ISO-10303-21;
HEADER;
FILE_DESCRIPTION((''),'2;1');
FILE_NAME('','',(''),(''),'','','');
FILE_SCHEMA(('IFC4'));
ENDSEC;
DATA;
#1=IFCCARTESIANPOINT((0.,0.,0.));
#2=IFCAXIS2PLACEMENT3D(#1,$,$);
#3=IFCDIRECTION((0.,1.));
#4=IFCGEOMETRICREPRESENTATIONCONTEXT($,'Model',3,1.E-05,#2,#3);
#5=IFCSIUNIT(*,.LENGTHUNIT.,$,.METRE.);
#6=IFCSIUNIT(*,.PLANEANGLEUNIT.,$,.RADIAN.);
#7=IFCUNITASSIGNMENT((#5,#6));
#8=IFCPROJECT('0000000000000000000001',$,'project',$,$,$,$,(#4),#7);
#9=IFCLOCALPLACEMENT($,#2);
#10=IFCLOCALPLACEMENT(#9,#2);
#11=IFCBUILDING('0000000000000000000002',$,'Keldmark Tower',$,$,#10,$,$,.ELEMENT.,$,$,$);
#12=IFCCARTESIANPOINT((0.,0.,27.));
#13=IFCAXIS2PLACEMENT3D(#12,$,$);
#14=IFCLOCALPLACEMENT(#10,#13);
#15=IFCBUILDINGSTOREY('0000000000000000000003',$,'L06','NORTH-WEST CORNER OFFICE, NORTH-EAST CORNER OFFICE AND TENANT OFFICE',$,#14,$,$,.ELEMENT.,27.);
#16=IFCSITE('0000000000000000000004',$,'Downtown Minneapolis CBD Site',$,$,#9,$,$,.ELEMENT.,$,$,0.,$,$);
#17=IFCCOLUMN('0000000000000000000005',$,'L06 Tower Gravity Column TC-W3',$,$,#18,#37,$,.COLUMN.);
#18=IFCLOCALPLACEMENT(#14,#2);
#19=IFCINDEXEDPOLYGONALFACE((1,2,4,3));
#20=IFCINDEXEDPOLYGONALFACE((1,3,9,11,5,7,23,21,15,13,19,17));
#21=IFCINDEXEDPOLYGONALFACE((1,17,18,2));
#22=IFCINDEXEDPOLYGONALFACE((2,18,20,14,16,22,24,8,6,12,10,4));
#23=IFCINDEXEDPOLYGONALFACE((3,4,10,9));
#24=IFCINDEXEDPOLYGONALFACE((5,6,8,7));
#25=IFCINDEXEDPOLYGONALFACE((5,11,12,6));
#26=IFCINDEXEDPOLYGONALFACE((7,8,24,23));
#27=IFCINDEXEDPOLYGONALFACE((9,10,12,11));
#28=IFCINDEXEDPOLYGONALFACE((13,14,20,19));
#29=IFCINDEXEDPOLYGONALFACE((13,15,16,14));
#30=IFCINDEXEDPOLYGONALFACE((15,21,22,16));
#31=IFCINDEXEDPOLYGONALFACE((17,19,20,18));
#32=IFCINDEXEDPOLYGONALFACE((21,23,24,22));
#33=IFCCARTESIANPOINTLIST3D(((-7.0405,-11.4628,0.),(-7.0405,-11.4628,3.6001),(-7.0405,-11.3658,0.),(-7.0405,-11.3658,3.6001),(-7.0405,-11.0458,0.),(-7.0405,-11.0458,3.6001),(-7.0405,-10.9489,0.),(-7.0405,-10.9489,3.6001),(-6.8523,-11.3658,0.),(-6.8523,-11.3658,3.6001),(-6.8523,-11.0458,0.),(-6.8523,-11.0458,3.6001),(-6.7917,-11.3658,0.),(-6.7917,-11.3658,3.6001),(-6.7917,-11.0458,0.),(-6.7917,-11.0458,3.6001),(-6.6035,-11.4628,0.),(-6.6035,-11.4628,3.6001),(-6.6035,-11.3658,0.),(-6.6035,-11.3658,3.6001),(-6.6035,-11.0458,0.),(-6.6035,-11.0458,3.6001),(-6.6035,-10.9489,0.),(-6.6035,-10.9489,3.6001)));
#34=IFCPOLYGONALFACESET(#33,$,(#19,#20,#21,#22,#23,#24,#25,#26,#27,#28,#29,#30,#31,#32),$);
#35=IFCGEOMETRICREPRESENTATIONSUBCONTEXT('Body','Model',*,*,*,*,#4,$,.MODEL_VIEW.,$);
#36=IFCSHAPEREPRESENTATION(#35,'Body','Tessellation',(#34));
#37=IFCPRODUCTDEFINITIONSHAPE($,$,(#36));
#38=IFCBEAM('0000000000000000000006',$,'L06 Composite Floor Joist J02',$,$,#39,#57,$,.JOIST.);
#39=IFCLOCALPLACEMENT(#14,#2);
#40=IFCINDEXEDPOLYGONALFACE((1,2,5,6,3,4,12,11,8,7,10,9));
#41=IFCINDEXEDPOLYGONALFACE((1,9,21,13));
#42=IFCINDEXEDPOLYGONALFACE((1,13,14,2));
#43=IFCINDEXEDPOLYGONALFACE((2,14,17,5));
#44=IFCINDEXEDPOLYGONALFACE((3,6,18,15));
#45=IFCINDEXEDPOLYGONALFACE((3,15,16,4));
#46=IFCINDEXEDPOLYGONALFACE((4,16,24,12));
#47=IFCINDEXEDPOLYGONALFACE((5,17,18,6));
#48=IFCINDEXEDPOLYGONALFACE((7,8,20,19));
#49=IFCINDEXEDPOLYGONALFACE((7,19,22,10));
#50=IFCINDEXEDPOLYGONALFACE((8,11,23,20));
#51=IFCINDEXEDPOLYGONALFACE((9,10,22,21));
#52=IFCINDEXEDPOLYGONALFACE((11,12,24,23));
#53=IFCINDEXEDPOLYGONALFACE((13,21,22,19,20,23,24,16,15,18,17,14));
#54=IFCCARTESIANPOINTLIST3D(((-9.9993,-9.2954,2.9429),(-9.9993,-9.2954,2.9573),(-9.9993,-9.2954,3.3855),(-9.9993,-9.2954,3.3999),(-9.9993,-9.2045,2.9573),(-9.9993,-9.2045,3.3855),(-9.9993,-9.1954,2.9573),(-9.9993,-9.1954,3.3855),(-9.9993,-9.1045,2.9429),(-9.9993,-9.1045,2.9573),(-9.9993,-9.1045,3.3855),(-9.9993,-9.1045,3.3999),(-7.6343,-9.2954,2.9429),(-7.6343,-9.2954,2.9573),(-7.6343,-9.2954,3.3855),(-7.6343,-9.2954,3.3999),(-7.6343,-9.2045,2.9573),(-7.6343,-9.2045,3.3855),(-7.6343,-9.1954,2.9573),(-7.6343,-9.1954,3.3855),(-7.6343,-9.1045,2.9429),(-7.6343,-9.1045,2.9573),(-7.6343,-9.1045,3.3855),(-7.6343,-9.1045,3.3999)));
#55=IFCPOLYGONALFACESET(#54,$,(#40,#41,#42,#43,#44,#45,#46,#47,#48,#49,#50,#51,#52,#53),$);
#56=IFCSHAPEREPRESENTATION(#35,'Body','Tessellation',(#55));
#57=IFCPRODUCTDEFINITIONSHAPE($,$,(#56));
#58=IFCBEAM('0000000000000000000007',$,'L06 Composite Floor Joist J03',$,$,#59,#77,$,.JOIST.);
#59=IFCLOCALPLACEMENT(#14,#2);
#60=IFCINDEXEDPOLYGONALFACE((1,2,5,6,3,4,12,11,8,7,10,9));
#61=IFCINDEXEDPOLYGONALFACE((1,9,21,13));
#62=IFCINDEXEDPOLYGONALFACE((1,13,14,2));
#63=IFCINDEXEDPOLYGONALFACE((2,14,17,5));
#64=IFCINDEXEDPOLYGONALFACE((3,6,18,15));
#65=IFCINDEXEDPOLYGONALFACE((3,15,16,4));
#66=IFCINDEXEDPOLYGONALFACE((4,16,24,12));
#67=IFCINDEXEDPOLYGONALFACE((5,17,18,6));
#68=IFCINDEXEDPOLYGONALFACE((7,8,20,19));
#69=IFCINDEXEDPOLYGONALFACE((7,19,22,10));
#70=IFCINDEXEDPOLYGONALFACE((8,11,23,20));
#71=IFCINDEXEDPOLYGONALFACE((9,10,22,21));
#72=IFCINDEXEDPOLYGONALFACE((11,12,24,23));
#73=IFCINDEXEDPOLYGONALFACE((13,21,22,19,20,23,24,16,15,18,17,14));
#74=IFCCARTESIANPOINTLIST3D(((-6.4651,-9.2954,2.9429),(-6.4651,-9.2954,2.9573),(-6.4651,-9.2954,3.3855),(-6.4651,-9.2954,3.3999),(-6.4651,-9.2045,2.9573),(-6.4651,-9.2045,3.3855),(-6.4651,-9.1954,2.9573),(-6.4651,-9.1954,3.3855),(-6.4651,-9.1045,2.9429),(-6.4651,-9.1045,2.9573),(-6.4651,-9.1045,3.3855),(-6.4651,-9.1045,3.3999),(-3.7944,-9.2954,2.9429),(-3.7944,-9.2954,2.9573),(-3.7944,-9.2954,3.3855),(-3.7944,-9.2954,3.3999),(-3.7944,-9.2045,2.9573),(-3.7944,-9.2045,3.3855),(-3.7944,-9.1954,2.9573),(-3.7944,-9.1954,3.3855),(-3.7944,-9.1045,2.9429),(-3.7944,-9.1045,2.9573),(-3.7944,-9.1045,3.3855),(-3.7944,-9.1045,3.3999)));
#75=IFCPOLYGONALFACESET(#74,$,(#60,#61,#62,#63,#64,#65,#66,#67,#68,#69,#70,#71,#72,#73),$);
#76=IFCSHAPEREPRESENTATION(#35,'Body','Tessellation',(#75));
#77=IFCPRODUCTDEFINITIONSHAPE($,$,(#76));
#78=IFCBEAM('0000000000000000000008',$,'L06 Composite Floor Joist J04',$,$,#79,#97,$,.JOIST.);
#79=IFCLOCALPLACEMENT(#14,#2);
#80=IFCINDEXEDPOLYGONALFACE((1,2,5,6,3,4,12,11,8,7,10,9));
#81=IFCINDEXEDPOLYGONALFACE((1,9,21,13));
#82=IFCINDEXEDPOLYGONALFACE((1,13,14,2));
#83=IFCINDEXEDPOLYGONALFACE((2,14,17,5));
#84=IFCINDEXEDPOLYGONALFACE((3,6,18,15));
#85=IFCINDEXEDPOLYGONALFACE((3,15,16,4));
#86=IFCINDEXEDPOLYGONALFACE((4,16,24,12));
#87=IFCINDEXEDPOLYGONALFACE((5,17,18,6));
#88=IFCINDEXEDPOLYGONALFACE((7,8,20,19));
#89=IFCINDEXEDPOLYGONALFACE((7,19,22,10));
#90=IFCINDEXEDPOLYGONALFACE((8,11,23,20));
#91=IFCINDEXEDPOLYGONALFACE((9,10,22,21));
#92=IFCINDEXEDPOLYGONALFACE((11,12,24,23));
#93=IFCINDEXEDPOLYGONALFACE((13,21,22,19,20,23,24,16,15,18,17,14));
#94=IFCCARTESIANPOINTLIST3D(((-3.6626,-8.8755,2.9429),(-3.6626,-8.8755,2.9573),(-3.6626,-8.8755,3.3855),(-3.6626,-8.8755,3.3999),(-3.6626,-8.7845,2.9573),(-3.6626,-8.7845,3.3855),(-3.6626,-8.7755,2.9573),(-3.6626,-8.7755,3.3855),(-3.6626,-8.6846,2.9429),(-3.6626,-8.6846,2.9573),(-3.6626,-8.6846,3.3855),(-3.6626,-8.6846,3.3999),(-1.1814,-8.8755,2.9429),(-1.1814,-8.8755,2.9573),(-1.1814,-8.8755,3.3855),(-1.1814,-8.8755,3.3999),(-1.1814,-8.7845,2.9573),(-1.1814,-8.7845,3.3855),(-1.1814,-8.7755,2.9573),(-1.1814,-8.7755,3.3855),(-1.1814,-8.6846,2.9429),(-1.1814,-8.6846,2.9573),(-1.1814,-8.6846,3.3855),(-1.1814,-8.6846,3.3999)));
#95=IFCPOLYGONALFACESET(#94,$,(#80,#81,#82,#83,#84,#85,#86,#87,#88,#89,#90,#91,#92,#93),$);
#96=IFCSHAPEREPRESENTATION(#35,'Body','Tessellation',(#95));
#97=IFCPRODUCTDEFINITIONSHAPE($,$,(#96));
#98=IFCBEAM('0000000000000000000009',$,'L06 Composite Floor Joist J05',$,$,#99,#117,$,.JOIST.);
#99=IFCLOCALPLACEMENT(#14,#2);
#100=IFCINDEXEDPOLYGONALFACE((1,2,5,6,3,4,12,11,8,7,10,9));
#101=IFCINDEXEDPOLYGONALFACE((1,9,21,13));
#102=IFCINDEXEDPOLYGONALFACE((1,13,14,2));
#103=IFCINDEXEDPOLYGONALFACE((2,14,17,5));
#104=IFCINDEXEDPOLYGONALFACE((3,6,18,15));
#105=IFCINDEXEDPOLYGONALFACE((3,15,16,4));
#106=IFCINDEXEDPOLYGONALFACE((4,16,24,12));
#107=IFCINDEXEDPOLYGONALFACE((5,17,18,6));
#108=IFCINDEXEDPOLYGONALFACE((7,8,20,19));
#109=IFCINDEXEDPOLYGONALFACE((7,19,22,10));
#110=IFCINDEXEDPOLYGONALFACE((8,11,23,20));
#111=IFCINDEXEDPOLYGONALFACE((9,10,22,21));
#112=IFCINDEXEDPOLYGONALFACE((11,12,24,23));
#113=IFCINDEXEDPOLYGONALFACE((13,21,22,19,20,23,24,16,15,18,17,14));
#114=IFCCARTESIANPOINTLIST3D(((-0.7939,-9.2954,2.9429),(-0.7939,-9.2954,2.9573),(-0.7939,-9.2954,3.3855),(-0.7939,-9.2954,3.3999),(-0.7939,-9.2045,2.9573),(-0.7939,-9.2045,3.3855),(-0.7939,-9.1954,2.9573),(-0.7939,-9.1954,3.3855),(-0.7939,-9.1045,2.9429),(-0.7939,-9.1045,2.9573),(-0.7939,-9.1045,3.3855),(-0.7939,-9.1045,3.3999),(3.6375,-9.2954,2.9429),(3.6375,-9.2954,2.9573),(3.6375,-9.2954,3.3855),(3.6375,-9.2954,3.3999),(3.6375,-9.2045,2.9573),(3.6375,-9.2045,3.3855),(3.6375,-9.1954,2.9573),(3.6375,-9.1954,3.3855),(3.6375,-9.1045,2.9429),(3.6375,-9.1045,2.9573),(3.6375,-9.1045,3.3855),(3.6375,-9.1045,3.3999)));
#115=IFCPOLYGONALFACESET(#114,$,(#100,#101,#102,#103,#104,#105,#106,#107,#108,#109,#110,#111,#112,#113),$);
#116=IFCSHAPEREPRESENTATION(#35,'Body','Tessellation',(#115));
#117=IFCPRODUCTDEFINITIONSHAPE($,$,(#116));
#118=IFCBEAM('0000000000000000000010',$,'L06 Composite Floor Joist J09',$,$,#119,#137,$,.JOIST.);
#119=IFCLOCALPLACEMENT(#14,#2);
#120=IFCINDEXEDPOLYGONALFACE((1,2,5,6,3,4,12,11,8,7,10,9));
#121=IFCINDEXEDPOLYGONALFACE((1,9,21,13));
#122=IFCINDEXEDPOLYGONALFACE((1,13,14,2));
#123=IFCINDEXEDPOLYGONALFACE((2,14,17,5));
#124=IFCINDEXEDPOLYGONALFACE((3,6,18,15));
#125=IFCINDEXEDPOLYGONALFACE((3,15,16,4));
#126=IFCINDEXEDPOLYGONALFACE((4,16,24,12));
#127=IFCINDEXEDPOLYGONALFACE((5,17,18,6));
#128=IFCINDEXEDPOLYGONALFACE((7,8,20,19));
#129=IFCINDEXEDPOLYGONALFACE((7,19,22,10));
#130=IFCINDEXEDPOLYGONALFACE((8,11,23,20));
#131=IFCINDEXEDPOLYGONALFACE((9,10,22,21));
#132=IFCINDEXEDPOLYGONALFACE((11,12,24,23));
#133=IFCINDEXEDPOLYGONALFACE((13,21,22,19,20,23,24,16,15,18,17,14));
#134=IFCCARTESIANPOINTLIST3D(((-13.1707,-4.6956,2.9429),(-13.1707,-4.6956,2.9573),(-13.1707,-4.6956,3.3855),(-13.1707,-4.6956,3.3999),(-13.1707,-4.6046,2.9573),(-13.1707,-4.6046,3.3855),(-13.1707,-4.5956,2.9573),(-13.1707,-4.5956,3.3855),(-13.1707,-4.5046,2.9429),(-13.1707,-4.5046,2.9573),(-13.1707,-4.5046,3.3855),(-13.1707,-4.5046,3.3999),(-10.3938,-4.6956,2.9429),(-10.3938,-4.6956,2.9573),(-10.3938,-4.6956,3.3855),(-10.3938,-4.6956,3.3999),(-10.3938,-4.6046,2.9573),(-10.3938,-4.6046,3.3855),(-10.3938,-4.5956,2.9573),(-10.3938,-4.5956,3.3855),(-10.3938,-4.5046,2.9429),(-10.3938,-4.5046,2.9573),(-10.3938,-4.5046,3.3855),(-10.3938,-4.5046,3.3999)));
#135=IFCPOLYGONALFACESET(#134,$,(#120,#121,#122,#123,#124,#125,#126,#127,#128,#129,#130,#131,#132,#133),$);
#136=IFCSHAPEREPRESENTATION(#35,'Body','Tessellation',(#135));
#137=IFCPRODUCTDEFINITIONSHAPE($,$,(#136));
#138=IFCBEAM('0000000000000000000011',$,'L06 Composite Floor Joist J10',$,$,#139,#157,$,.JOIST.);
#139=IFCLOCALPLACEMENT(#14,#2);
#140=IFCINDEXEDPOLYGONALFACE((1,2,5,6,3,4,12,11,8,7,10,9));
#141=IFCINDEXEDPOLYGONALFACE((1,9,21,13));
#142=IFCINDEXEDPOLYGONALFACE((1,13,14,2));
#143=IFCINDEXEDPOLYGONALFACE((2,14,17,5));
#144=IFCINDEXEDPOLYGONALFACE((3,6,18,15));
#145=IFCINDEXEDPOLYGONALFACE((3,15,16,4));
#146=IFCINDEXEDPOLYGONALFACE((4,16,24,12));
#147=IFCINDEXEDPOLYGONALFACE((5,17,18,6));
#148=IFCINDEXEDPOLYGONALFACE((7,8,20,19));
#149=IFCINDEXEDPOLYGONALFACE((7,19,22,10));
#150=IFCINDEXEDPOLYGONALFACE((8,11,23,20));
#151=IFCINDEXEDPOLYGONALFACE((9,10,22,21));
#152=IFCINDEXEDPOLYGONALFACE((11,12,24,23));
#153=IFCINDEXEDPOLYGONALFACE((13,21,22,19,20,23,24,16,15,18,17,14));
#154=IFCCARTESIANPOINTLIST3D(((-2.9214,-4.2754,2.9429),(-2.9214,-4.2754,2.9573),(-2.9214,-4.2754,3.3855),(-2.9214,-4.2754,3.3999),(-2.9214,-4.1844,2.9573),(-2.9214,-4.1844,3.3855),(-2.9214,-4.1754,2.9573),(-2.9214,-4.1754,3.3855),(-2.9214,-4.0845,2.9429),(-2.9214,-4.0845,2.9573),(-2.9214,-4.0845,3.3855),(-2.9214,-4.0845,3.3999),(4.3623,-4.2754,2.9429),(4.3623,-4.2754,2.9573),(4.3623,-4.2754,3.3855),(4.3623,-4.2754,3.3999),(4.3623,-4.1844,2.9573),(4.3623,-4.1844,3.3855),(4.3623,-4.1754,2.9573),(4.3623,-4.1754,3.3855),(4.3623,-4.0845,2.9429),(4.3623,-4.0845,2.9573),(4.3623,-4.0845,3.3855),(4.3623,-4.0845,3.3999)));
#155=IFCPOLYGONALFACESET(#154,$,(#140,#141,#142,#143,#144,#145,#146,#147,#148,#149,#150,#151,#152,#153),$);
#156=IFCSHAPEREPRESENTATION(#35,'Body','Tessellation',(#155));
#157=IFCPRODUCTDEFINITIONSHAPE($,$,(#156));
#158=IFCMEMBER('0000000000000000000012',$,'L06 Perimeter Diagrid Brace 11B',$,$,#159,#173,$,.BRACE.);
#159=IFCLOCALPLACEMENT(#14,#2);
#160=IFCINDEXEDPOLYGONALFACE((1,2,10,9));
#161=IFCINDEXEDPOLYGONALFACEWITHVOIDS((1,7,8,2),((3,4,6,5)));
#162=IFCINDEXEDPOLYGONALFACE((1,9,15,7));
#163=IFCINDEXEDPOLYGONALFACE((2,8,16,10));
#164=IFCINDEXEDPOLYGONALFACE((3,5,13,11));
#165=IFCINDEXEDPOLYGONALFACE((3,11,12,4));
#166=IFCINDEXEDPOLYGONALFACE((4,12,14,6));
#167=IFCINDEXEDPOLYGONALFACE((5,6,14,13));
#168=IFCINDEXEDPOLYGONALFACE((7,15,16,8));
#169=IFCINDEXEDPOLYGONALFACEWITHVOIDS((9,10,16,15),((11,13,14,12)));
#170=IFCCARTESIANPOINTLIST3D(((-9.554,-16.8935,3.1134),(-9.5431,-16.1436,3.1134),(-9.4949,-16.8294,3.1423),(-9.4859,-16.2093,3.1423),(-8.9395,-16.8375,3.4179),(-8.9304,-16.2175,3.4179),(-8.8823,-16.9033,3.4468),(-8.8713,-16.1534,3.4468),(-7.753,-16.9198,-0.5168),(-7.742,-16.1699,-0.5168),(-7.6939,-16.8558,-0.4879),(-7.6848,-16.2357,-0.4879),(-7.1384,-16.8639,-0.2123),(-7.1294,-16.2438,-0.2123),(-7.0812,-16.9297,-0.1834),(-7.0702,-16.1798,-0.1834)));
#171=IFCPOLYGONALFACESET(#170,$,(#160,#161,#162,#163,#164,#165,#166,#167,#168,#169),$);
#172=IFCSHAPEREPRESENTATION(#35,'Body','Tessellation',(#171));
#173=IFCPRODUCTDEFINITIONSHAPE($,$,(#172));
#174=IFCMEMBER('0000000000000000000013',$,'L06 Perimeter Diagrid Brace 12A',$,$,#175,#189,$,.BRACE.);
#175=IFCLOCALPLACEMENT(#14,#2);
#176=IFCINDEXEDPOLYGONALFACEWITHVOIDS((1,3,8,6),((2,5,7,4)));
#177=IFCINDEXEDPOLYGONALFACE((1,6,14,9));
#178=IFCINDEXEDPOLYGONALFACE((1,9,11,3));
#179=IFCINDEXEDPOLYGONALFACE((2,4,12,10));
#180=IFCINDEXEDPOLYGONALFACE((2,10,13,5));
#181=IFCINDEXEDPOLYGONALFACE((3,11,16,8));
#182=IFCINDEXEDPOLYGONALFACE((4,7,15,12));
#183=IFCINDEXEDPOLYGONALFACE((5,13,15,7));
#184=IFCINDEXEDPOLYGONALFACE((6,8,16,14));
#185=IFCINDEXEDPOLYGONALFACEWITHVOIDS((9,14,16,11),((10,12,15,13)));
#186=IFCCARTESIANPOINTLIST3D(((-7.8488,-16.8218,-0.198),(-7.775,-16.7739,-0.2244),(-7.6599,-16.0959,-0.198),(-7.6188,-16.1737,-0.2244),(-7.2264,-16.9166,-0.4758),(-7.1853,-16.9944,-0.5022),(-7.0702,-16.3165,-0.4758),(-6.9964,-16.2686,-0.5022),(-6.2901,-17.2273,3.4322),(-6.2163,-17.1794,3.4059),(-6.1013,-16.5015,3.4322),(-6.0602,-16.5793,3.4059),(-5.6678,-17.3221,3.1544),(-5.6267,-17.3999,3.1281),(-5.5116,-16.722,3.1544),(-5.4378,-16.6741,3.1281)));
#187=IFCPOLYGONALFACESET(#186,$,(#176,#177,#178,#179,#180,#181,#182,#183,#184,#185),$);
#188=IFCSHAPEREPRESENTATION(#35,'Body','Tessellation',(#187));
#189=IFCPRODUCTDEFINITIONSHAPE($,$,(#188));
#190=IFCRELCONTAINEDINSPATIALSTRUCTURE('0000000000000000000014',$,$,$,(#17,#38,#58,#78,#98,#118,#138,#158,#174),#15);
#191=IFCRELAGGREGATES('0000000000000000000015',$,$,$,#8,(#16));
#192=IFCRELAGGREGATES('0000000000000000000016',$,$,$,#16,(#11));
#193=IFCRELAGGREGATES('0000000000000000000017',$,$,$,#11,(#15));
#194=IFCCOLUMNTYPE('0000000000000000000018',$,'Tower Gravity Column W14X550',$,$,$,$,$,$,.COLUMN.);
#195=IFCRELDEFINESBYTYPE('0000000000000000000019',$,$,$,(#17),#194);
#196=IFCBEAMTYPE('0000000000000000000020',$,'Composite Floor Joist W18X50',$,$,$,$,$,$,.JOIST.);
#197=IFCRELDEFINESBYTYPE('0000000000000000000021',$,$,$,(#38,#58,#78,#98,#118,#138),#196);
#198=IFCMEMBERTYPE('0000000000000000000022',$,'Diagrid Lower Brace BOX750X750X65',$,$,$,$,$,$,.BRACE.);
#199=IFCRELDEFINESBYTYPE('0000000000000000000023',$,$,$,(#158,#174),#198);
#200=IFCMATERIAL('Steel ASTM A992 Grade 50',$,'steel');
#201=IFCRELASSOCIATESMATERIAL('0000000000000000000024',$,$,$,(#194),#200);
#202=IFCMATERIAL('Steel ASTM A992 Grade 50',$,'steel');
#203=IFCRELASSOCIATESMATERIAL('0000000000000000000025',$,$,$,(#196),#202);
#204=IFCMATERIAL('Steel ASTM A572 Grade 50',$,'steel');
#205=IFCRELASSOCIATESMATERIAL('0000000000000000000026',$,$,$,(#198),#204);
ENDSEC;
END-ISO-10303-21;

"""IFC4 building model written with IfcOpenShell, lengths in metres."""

from ifc_helpers import new_model, si_unit, direction, frame, origin, origin_2d, place, context, subcontext, project, spatial, hollow_rectangle, i_section, extrude, material, material_profile, profile_set, type_object, element, save


model = new_model("IFC4")

# Units and contexts
model_context = context("Model", 3, precision=1e-05, world=origin(), true_north=direction((0.0, 1.0)))
body_context = subcontext(model_context, "Body", "Model", "MODEL_VIEW")
ifc_project = project(units=[si_unit("LENGTHUNIT", "METRE"), si_unit("PLANEANGLEUNIT", "RADIAN")], contexts=[model_context])

# Site, building, storey
site_placement = place(None, origin())
site = spatial("IfcSite", under=ifc_project, at=site_placement, Name="Downtown Minneapolis CBD Site", CompositionType="ELEMENT", RefElevation=0.0)
building_placement = place(site_placement, origin())
building = spatial("IfcBuilding", under=site, at=building_placement, Name="Keldmark Tower", CompositionType="ELEMENT")
storey_placement = place(building_placement, frame((0.0, 0.0, 27.0)))
storey = spatial("IfcBuildingStorey", under=building, at=storey_placement, Name="L06", Description="NORTH-WEST CORNER OFFICE, NORTH-EAST CORNER OFFICE AND TENANT OFFICE", CompositionType="ELEMENT", Elevation=27.0)

# Column
ifc_material_1 = material(Name="Steel ASTM A992 Grade 50", Category="steel")
ifc_material_profile_1 = material_profile(ifc_material_1, i_section(OverallWidth=0.437, OverallDepth=0.5139, WebThickness=0.0605, FlangeThickness=0.0969, at=origin_2d()), Name="W14X550")
ifc_profile_set_1 = profile_set([ifc_material_profile_1], Name="Steel ASTM A992 Grade 50")
column_type = type_object("IfcColumnType", Name="Tower Gravity Column W14X550", PredefinedType="COLUMN", material=ifc_profile_set_1)
column_placement = place(storey_placement, frame((-6.822, -11.2058, 0.0), z_axis=(0.0, 0.0, 1.0), x_axis=(1.0, 0.0, 0.0)))
element("IfcColumn", 1, at=column_placement, inside=storey, type_object=column_type, Name="L06 Tower Gravity Column TC-W3", PredefinedType="COLUMN", context=body_context, shape_type="SweptSolid", body=[
    extrude(i_section(OverallWidth=0.437, OverallDepth=0.5139, WebThickness=0.0605, FlangeThickness=0.0969, at=origin_2d()), origin(), (0.0, 0.0, 1.0), 3.6001),
])

# Beams
ifc_material_2 = material(Name="Steel ASTM A992 Grade 50", Category="steel")
ifc_material_profile_2 = material_profile(ifc_material_2, i_section(OverallWidth=0.1909, OverallDepth=0.457, WebThickness=0.009, FlangeThickness=0.0144, at=origin_2d()), Name="W18X50")
ifc_profile_set_2 = profile_set([ifc_material_profile_2], Name="Steel ASTM A992 Grade 50")
beam_type_1 = type_object("IfcBeamType", Name="Composite Floor Joist W18X50", PredefinedType="JOIST", material=ifc_profile_set_2)
beam_1_placement = place(storey_placement, frame((-9.9993, -9.2, 3.1714), z_axis=(1.0, 0.0, 0.0), x_axis=(0.0, 1.0, 0.0)))
element("IfcBeam", 2, at=beam_1_placement, inside=storey, type_object=beam_type_1, Name="L06 Composite Floor Joist J02", PredefinedType="JOIST", context=body_context, shape_type="SweptSolid", body=[
    extrude(i_section(OverallWidth=0.1909, OverallDepth=0.457, WebThickness=0.009, FlangeThickness=0.0144, at=origin_2d()), origin(), (0.0, 0.0, 1.0), 2.365),
])
beam_2_placement = place(storey_placement, frame((-6.4651, -9.2, 3.1714), z_axis=(1.0, 0.0, 0.0), x_axis=(0.0, 1.0, 0.0)))
element("IfcBeam", 3, at=beam_2_placement, inside=storey, type_object=beam_type_1, Name="L06 Composite Floor Joist J03", PredefinedType="JOIST", context=body_context, shape_type="SweptSolid", body=[
    extrude(i_section(OverallWidth=0.1909, OverallDepth=0.457, WebThickness=0.009, FlangeThickness=0.0144, at=origin_2d()), origin(), (0.0, 0.0, 1.0), 2.6707),
])
beam_3_placement = place(storey_placement, frame((-3.6626, -8.78, 3.1714), z_axis=(1.0, 0.0, 0.0), x_axis=(0.0, 1.0, 0.0)))
element("IfcBeam", 4, at=beam_3_placement, inside=storey, type_object=beam_type_1, Name="L06 Composite Floor Joist J04", PredefinedType="JOIST", context=body_context, shape_type="SweptSolid", body=[
    extrude(i_section(OverallWidth=0.1909, OverallDepth=0.457, WebThickness=0.009, FlangeThickness=0.0144, at=origin_2d()), origin(), (0.0, 0.0, 1.0), 2.4812),
])
beam_4_placement = place(storey_placement, frame((-0.7939, -9.2, 3.1714), z_axis=(1.0, 0.0, 0.0), x_axis=(0.0, 1.0, 0.0)))
element("IfcBeam", 5, at=beam_4_placement, inside=storey, type_object=beam_type_1, Name="L06 Composite Floor Joist J05", PredefinedType="JOIST", context=body_context, shape_type="SweptSolid", body=[
    extrude(i_section(OverallWidth=0.1909, OverallDepth=0.457, WebThickness=0.009, FlangeThickness=0.0144, at=origin_2d()), origin(), (0.0, 0.0, 1.0), 4.4314),
])
beam_5_placement = place(storey_placement, frame((-13.1707, -4.6001, 3.1714), z_axis=(1.0, 0.0, 0.0), x_axis=(0.0, 1.0, 0.0)))
element("IfcBeam", 6, at=beam_5_placement, inside=storey, type_object=beam_type_1, Name="L06 Composite Floor Joist J09", PredefinedType="JOIST", context=body_context, shape_type="SweptSolid", body=[
    extrude(i_section(OverallWidth=0.1909, OverallDepth=0.457, WebThickness=0.009, FlangeThickness=0.0144, at=origin_2d()), origin(), (0.0, 0.0, 1.0), 2.7769),
])
beam_6_placement = place(storey_placement, frame((-2.9214, -4.1799, 3.1714), z_axis=(1.0, 0.0, 0.0), x_axis=(0.0, 1.0, 0.0)))
element("IfcBeam", 7, at=beam_6_placement, inside=storey, type_object=beam_type_1, Name="L06 Composite Floor Joist J10", PredefinedType="JOIST", context=body_context, shape_type="SweptSolid", body=[
    extrude(i_section(OverallWidth=0.1909, OverallDepth=0.457, WebThickness=0.009, FlangeThickness=0.0144, at=origin_2d()), origin(), (0.0, 0.0, 1.0), 7.2837),
])

# Members
ifc_material_3 = material(Name="Steel ASTM A572 Grade 50", Category="steel")
ifc_material_profile_3 = material_profile(ifc_material_3, hollow_rectangle(XDim=0.75, YDim=0.75, WallThickness=0.0649, at=origin_2d()), Name="BOX750X750X65")
ifc_profile_set_3 = profile_set([ifc_material_profile_3], Name="Steel ASTM A572 Grade 50")
member_type = type_object("IfcMemberType", Name="Diagrid Lower Brace BOX750X750X65", PredefinedType="BRACE", material=ifc_profile_set_3)
member_1_placement = place(storey_placement, frame((-7.4116, -16.5498, -0.3501), z_axis=(-0.444431, 0.006507, 0.89579), x_axis=(-0.014639, -0.999893, 0.0)))
element("IfcMember", 8, at=member_1_placement, inside=storey, type_object=member_type, Name="L06 Perimeter Diagrid Brace 11B", PredefinedType="BRACE", context=body_context, shape_type="SweptSolid", body=[
    extrude(hollow_rectangle(XDim=0.75, YDim=0.75, WallThickness=0.0649, at=origin_2d()), origin(), (0.0, 0.0, 1.0), 4.0525),
])
member_2_placement = place(storey_placement, frame((-7.4226, -16.5452, -0.3501), z_axis=(0.392461, -0.102111, 0.914083), x_axis=(0.251799, 0.96778, 0.0)))
element("IfcMember", 9, at=member_2_placement, inside=storey, type_object=member_type, Name="L06 Perimeter Diagrid Brace 12A", PredefinedType="BRACE", context=body_context, shape_type="SweptSolid", body=[
    extrude(hollow_rectangle(XDim=0.75, YDim=0.75, WallThickness=0.0649, at=origin_2d()), origin(), (0.0, 0.0, 1.0), 3.9714),
])

save(model, "model.ifc")
